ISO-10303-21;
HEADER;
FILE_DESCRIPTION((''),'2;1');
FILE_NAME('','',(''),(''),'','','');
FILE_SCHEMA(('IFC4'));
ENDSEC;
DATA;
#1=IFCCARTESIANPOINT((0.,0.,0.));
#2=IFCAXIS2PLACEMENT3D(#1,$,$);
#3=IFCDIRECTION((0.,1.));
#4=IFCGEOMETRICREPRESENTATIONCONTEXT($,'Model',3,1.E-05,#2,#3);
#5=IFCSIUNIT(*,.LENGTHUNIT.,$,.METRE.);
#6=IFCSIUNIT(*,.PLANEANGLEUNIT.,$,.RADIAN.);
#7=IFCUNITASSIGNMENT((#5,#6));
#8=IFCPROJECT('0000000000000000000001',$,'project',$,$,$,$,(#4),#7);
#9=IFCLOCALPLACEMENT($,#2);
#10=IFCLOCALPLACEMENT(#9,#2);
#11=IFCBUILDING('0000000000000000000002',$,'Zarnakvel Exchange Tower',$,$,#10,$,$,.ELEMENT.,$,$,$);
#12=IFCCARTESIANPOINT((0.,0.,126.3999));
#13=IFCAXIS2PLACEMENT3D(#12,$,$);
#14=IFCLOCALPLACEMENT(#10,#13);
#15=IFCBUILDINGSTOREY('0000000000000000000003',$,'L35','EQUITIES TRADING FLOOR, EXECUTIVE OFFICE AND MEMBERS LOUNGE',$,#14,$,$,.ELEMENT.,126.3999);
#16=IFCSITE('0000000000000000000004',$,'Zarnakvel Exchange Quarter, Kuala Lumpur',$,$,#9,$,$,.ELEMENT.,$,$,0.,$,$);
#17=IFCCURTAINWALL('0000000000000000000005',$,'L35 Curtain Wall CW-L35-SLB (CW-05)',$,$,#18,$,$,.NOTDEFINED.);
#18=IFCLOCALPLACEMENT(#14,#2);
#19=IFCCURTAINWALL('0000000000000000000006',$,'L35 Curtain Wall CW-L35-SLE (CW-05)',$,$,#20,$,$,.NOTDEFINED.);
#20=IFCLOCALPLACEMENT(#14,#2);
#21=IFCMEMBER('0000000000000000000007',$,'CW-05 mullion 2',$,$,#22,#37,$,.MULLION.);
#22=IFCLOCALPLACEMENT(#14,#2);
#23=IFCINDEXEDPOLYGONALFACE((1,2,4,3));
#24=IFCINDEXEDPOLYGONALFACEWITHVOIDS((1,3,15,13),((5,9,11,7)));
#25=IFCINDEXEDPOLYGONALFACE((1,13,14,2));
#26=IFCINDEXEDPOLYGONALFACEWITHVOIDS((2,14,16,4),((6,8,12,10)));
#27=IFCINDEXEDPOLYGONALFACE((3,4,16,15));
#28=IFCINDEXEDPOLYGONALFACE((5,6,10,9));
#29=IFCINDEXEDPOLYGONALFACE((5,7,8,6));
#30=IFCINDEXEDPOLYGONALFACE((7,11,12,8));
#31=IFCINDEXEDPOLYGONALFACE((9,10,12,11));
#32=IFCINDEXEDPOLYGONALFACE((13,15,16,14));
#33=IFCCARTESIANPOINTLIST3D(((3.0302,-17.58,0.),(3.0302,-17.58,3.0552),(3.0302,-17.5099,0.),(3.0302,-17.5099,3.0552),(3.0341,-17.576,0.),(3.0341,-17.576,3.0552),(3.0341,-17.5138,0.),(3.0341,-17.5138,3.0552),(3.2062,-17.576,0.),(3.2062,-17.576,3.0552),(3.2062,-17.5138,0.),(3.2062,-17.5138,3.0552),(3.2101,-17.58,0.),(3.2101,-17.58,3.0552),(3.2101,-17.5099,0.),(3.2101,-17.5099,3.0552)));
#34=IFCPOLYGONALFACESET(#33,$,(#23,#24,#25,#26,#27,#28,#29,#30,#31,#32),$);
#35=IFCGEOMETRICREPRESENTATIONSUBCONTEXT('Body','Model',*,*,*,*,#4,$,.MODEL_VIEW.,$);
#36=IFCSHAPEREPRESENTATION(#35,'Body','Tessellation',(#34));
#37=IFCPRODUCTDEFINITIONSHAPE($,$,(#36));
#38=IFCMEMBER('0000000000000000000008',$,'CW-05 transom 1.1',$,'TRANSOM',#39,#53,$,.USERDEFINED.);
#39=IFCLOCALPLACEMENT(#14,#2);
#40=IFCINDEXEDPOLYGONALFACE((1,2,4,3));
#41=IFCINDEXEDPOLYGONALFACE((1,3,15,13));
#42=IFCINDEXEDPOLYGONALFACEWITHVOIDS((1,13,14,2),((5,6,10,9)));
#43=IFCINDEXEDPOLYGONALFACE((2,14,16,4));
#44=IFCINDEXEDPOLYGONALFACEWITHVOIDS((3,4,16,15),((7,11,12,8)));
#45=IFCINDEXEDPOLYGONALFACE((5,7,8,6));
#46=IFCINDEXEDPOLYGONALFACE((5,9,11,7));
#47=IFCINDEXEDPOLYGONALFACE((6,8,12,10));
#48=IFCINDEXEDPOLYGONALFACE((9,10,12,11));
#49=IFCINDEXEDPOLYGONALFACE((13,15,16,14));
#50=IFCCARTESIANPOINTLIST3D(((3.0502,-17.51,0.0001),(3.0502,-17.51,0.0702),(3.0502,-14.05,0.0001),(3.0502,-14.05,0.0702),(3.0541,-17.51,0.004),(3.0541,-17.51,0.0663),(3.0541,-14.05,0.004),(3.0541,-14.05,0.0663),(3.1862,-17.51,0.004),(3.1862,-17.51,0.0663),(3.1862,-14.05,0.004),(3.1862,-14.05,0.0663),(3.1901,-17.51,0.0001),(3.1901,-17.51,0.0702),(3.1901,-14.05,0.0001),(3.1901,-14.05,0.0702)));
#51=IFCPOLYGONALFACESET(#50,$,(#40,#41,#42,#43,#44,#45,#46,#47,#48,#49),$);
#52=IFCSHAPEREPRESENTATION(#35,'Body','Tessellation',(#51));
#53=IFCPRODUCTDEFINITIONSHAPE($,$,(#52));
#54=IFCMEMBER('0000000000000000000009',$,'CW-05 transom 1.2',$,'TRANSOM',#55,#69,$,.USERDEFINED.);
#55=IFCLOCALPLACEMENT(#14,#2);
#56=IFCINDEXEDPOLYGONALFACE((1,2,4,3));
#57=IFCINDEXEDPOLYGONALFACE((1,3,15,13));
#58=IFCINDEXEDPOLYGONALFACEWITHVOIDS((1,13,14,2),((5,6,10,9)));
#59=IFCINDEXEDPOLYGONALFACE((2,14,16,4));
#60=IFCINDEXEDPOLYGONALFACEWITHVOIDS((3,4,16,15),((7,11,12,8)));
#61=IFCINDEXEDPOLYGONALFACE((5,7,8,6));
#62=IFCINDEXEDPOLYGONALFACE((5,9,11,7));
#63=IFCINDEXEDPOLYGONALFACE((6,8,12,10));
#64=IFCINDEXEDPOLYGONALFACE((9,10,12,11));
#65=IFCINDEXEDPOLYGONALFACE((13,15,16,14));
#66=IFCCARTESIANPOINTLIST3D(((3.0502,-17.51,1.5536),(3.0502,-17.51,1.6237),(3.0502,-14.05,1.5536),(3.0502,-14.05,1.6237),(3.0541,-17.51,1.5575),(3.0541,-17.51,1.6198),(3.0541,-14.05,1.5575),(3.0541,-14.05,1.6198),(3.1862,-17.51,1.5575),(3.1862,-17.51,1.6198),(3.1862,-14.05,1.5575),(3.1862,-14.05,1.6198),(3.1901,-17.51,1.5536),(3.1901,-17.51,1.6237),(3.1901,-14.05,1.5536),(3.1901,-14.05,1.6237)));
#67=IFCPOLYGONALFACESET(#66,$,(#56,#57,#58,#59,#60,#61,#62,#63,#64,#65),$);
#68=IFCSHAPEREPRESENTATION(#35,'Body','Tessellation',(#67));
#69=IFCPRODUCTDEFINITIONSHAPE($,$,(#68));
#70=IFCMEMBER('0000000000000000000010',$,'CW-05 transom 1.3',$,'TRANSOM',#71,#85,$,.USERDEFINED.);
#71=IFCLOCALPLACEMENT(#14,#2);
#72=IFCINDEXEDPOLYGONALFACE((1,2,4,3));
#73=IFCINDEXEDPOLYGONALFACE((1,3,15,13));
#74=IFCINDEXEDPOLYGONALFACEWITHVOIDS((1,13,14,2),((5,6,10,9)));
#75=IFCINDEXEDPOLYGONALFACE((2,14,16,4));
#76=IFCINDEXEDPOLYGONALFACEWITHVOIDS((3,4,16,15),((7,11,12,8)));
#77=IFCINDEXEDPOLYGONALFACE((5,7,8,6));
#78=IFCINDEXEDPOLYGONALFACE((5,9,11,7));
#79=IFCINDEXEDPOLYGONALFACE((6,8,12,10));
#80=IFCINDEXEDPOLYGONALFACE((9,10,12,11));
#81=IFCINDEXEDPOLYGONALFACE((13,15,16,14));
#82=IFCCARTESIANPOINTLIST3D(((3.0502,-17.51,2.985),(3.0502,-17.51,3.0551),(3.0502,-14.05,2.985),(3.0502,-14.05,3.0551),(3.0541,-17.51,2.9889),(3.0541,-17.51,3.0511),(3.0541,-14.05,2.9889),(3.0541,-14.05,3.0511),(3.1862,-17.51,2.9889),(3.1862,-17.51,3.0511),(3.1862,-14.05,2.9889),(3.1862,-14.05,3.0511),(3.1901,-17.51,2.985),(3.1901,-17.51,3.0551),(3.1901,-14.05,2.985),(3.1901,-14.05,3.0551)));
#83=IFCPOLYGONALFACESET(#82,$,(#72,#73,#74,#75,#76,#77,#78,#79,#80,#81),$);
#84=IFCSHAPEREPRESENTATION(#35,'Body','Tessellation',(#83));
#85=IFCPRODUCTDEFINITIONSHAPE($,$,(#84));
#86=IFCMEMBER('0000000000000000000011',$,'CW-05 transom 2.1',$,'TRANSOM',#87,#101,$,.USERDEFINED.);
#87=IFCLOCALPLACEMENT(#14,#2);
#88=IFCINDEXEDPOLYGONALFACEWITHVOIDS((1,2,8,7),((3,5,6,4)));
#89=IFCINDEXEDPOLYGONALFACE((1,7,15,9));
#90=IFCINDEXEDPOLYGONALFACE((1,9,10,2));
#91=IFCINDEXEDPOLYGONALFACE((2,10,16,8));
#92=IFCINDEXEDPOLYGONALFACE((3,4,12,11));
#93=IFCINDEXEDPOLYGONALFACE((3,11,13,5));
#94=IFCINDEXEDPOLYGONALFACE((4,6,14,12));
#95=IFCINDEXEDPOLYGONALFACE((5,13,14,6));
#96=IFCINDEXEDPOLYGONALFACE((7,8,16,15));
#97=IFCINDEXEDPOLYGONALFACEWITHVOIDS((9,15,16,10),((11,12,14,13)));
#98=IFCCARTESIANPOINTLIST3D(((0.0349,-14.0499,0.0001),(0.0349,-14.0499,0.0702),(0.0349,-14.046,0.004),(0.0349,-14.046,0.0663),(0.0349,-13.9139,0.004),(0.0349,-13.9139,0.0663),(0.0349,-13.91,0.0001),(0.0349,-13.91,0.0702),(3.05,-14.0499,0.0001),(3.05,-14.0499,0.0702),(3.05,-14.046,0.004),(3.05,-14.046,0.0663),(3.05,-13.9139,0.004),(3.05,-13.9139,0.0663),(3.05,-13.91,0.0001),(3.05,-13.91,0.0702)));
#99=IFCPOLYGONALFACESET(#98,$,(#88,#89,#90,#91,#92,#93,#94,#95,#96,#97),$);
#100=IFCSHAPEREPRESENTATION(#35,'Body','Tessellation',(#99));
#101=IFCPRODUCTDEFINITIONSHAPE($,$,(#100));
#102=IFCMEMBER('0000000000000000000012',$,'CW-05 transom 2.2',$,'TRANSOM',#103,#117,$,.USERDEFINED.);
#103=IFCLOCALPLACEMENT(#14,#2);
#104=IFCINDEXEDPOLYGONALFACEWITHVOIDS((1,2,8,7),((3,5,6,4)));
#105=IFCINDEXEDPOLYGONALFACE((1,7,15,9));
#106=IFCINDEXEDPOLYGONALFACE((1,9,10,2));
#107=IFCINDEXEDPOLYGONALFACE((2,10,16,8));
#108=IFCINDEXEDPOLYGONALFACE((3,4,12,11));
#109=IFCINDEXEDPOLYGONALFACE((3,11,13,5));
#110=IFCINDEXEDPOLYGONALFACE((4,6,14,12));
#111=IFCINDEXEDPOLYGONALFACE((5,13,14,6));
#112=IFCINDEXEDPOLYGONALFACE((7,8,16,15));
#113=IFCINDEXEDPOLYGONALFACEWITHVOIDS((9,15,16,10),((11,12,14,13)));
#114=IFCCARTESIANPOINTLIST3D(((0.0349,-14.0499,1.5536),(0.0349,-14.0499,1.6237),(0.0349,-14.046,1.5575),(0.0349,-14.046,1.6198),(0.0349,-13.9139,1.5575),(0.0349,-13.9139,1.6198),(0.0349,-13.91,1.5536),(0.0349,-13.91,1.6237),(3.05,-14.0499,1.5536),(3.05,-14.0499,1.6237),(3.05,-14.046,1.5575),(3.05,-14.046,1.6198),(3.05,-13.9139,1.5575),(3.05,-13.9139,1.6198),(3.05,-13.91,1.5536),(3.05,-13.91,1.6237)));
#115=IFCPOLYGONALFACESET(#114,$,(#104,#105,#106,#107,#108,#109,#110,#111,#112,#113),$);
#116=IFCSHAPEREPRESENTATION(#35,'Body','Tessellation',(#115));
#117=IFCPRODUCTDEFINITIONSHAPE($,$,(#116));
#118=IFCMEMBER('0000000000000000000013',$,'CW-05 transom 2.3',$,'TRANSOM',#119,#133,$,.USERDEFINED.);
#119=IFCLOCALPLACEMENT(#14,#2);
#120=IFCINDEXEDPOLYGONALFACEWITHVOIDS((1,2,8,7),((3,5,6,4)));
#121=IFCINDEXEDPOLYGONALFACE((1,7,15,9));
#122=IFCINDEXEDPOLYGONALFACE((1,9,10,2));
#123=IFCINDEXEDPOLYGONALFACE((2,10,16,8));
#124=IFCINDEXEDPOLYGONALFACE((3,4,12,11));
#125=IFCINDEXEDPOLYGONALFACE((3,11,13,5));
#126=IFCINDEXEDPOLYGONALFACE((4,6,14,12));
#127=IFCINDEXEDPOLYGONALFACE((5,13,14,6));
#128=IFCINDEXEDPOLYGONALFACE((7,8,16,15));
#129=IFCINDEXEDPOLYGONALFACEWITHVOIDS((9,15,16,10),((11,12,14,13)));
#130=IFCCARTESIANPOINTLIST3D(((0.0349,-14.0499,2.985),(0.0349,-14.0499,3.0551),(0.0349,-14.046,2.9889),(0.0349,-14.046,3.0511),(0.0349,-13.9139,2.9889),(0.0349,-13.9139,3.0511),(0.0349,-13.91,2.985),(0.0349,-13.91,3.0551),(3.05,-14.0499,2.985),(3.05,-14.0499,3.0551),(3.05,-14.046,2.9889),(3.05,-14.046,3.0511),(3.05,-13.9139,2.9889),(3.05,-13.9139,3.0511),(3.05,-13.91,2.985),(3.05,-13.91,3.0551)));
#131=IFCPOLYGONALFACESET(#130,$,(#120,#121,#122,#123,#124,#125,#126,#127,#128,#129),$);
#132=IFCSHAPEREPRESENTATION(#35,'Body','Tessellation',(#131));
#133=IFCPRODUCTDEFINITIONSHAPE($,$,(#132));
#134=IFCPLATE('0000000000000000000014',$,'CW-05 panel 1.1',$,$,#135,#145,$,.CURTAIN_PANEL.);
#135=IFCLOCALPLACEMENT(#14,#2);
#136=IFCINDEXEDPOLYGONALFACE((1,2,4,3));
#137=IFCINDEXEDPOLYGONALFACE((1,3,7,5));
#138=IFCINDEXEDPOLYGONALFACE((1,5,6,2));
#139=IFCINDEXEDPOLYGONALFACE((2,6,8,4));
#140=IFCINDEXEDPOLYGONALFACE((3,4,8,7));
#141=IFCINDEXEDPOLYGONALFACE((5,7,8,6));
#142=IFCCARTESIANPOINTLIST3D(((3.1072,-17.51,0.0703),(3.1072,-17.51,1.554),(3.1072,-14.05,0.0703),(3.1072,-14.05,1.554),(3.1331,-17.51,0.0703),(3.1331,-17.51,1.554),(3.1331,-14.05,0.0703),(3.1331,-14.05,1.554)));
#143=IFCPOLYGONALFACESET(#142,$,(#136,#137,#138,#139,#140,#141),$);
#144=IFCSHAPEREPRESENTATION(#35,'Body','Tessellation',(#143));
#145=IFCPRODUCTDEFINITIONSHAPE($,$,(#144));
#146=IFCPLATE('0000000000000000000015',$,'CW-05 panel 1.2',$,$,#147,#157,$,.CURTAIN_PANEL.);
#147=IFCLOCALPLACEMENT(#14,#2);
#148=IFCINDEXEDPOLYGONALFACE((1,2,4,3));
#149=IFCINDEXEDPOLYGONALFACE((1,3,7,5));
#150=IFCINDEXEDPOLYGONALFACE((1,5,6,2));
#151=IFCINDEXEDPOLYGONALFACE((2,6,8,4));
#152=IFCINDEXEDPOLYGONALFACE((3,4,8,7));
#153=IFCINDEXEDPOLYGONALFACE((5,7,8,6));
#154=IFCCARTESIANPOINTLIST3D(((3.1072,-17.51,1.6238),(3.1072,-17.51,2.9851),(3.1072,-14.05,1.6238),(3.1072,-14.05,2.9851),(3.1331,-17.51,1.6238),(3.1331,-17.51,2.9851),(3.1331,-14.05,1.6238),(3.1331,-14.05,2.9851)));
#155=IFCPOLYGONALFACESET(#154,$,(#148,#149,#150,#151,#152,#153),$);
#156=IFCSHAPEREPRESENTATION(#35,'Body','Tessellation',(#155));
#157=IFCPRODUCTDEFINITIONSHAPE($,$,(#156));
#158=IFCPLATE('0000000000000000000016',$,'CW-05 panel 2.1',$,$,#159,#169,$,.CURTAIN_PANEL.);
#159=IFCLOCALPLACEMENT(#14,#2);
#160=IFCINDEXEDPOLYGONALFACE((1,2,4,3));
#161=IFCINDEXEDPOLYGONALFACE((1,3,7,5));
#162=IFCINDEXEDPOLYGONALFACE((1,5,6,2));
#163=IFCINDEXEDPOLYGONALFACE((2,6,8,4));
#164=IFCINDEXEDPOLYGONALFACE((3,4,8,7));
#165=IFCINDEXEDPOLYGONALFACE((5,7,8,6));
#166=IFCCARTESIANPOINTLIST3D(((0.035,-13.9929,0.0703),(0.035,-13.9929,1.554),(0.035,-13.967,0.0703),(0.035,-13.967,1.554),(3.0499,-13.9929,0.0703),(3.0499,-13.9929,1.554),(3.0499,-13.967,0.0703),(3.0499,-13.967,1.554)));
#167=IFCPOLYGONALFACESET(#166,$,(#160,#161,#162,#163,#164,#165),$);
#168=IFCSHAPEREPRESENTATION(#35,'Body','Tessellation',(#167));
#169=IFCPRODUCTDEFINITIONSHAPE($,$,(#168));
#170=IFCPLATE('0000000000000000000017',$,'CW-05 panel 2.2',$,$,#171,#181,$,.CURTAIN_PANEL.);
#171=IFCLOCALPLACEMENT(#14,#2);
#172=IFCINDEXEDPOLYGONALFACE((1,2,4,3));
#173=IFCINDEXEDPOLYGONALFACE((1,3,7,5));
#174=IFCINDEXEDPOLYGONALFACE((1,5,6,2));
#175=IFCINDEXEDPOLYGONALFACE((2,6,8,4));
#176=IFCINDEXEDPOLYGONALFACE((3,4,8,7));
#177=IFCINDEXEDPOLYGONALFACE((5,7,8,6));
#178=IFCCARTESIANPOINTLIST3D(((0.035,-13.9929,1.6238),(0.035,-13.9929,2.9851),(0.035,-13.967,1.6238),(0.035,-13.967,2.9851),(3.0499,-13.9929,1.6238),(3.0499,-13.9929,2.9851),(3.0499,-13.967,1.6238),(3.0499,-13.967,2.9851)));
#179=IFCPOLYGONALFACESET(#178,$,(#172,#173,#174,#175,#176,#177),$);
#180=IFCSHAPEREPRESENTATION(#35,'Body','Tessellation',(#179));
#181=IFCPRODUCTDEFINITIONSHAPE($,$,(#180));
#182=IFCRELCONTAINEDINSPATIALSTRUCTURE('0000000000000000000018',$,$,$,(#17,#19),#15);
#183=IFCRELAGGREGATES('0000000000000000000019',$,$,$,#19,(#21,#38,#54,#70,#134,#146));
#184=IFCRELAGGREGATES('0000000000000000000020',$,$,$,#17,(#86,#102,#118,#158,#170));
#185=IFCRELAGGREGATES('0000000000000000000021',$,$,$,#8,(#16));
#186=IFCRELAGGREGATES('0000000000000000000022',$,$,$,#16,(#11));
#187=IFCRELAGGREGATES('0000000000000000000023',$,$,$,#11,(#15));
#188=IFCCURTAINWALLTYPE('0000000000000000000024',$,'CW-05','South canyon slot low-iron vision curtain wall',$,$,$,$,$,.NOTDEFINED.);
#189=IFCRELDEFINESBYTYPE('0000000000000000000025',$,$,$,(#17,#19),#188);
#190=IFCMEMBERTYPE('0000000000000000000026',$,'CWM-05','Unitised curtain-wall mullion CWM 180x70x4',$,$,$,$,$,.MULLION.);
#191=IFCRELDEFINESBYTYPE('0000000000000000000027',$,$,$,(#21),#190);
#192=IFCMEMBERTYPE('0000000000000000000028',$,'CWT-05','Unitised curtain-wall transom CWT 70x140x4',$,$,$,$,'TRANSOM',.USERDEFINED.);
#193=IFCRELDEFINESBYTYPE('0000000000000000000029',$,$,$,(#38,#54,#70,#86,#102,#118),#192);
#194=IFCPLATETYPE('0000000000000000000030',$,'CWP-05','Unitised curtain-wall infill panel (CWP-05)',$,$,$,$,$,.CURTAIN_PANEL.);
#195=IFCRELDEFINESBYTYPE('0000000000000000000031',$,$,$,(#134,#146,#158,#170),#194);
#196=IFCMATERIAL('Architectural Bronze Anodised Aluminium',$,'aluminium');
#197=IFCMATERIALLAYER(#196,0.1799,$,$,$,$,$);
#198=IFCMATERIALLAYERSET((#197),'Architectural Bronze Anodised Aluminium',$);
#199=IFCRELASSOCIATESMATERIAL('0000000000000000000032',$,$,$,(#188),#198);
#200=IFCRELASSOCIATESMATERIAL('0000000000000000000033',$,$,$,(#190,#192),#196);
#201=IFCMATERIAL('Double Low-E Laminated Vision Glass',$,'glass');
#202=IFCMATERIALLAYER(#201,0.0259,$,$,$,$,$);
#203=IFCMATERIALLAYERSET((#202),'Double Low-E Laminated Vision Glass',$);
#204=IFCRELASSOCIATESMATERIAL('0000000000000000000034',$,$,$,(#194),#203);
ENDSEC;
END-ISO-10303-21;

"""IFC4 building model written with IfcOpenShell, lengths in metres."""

from ifc_helpers import new_model, si_unit, direction, frame, origin, origin_2d, place, context, subcontext, project, spatial, rectangle, hollow_rectangle, extrude, source, transform, mapped, material, layer, layer_set, material_profile, profile_set, type_object, element, aggregate, save


model = new_model("IFC4")

# Units and contexts
model_context = context("Model", 3, precision=1e-05, world=origin(), true_north=direction((0.0, 1.0)))
body_context = subcontext(model_context, "Body", "Model", "MODEL_VIEW")
ifc_project = project(units=[si_unit("LENGTHUNIT", "METRE"), si_unit("PLANEANGLEUNIT", "RADIAN")], contexts=[model_context])

# Site, building, storey
site_placement = place(None, origin())
site = spatial("IfcSite", under=ifc_project, at=site_placement, Name="Zarnakvel Exchange Quarter, Kuala Lumpur", CompositionType="ELEMENT", RefElevation=0.0)
building_placement = place(site_placement, origin())
building = spatial("IfcBuilding", under=site, at=building_placement, Name="Zarnakvel Exchange Tower", CompositionType="ELEMENT")
storey_placement = place(building_placement, frame((0.0, 0.0, 126.3999)))
storey = spatial("IfcBuildingStorey", under=building, at=storey_placement, Name="L35", Description="EQUITIES TRADING FLOOR, EXECUTIVE OFFICE AND MEMBERS LOUNGE", CompositionType="ELEMENT", Elevation=126.3999)

# Curtain wall
ifc_material_1 = material(Name="Architectural Bronze Anodised Aluminium", Category="aluminium")
ifc_layer_1 = layer(ifc_material_1, 0.1799)
ifc_layer_set_1 = layer_set([ifc_layer_1], Name="Architectural Bronze Anodised Aluminium")
curtain_wall_type = type_object("IfcCurtainWallType", Name="CW-05", Description="South canyon slot low-iron vision curtain wall", PredefinedType="NOTDEFINED", material=ifc_layer_set_1)
curtain_wall_1_placement = place(storey_placement, origin())
curtain_wall_1 = element("IfcCurtainWall", 1, at=curtain_wall_1_placement, inside=storey, type_object=curtain_wall_type, Name="L35 Curtain Wall CW-L35-SLB (CW-05)", PredefinedType="NOTDEFINED")
ifc_material_profile_1 = material_profile(ifc_material_1, hollow_rectangle(XDim=0.1799, YDim=0.0701, WallThickness=0.0039, at=origin_2d()))
ifc_profile_set_1 = profile_set([ifc_material_profile_1], Name="Architectural Bronze Anodised Aluminium")
member_type_1 = type_object("IfcMemberType", Name="CWM-05", Description="Unitised curtain-wall mullion CWM 180x70x4", PredefinedType="MULLION", material=ifc_profile_set_1)
shared_shape_1 = source(origin(), body_context, "Body", "SweptSolid", [
    extrude(hollow_rectangle(XDim=0.1799, YDim=0.0701, WallThickness=0.0039, at=origin_2d()), origin(), (0.0, 0.0, 1.0), 3.0552),
])

# Curtain wall, members
curtain_wall_2_placement = place(storey_placement, origin())
curtain_wall_2 = element("IfcCurtainWall", 2, at=curtain_wall_2_placement, inside=storey, type_object=curtain_wall_type, Name="L35 Curtain Wall CW-L35-SLE (CW-05)", PredefinedType="NOTDEFINED")
member_1_placement = place(storey_placement, frame((3.1201, -17.5449, 0.0), z_axis=(0.0, 0.0, 1.0), x_axis=(1.0, 0.0, 0.0)))
member_1 = element("IfcMember", 3, at=member_1_placement, type_object=member_type_1, Name="CW-05 mullion 2", PredefinedType="MULLION", context=body_context, shape_type="MappedRepresentation", body=[
    mapped(shared_shape_1, transform((0.0, 0.0, 0.0), x_axis=(1.0, 0.0, 0.0), y_axis=(0.0, 1.0, 0.0), z_axis=(0.0, 0.0, 1.0), scale=1.0)),
])
ifc_material_profile_2 = material_profile(ifc_material_1, hollow_rectangle(XDim=0.1399, YDim=0.0701, WallThickness=0.0039, at=origin_2d()))
ifc_profile_set_2 = profile_set([ifc_material_profile_2], Name="Architectural Bronze Anodised Aluminium")
member_type_2 = type_object("IfcMemberType", Name="CWT-05", Description="Unitised curtain-wall transom CWT 70x140x4", ElementType="TRANSOM", PredefinedType="USERDEFINED", material=ifc_profile_set_2)
shared_shape_2 = source(origin(), body_context, "Body", "SweptSolid", [
    extrude(hollow_rectangle(XDim=0.1399, YDim=0.0701, WallThickness=0.0039, at=origin_2d()), origin(), (0.0, 0.0, 1.0), 3.46),
])
member_2_placement = place(storey_placement, frame((3.1201, -14.05, 0.0352), z_axis=(0.0, -1.0, 0.0), x_axis=(1.0, 0.0, 0.0)))
member_2 = element("IfcMember", 4, at=member_2_placement, type_object=member_type_2, Name="CW-05 transom 1.1", ObjectType="TRANSOM", PredefinedType="USERDEFINED", context=body_context, shape_type="MappedRepresentation", body=[
    mapped(shared_shape_2, transform((0.0, 0.0, 0.0), x_axis=(1.0, 0.0, 0.0), y_axis=(0.0, 1.0, 0.0), z_axis=(0.0, 0.0, 1.0), scale=1.0)),
])
member_3_placement = place(storey_placement, frame((3.1201, -14.05, 1.5886), z_axis=(0.0, -1.0, 0.0), x_axis=(1.0, 0.0, 0.0)))
member_3 = element("IfcMember", 5, at=member_3_placement, type_object=member_type_2, Name="CW-05 transom 1.2", ObjectType="TRANSOM", PredefinedType="USERDEFINED", context=body_context, shape_type="MappedRepresentation", body=[
    mapped(shared_shape_2, transform((0.0, 0.0, 0.0), x_axis=(1.0, 0.0, 0.0), y_axis=(0.0, 1.0, 0.0), z_axis=(0.0, 0.0, 1.0), scale=1.0)),
])
member_4_placement = place(storey_placement, frame((3.1201, -14.05, 3.02), z_axis=(0.0, -1.0, 0.0), x_axis=(1.0, 0.0, 0.0)))
member_4 = element("IfcMember", 6, at=member_4_placement, type_object=member_type_2, Name="CW-05 transom 1.3", ObjectType="TRANSOM", PredefinedType="USERDEFINED", context=body_context, shape_type="MappedRepresentation", body=[
    mapped(shared_shape_2, transform((0.0, 0.0, 0.0), x_axis=(1.0, 0.0, 0.0), y_axis=(0.0, 1.0, 0.0), z_axis=(0.0, 0.0, 1.0), scale=1.0)),
])

# Members
shared_shape_3 = source(origin(), body_context, "Body", "SweptSolid", [
    extrude(hollow_rectangle(XDim=0.1399, YDim=0.0701, WallThickness=0.0039, at=origin_2d()), origin(), (0.0, 0.0, 1.0), 3.0151),
])
member_5_placement = place(storey_placement, frame((0.0349, -13.98, 0.0352), z_axis=(1.0, 0.0, 0.0), x_axis=(0.0, 1.0, 0.0)))
member_5 = element("IfcMember", 7, at=member_5_placement, type_object=member_type_2, Name="CW-05 transom 2.1", ObjectType="TRANSOM", PredefinedType="USERDEFINED", context=body_context, shape_type="MappedRepresentation", body=[
    mapped(shared_shape_3, transform((0.0, 0.0, 0.0), x_axis=(1.0, 0.0, 0.0), y_axis=(0.0, 1.0, 0.0), z_axis=(0.0, 0.0, 1.0), scale=1.0)),
])
member_6_placement = place(storey_placement, frame((0.0349, -13.98, 1.5886), z_axis=(1.0, 0.0, 0.0), x_axis=(0.0, 1.0, 0.0)))
member_6 = element("IfcMember", 8, at=member_6_placement, type_object=member_type_2, Name="CW-05 transom 2.2", ObjectType="TRANSOM", PredefinedType="USERDEFINED", context=body_context, shape_type="MappedRepresentation", body=[
    mapped(shared_shape_3, transform((0.0, 0.0, 0.0), x_axis=(1.0, 0.0, 0.0), y_axis=(0.0, 1.0, 0.0), z_axis=(0.0, 0.0, 1.0), scale=1.0)),
])
member_7_placement = place(storey_placement, frame((0.0349, -13.98, 3.02), z_axis=(1.0, 0.0, 0.0), x_axis=(0.0, 1.0, 0.0)))
member_7 = element("IfcMember", 9, at=member_7_placement, type_object=member_type_2, Name="CW-05 transom 2.3", ObjectType="TRANSOM", PredefinedType="USERDEFINED", context=body_context, shape_type="MappedRepresentation", body=[
    mapped(shared_shape_3, transform((0.0, 0.0, 0.0), x_axis=(1.0, 0.0, 0.0), y_axis=(0.0, 1.0, 0.0), z_axis=(0.0, 0.0, 1.0), scale=1.0)),
])

# Plates
ifc_material_2 = material(Name="Double Low-E Laminated Vision Glass", Category="glass")
ifc_layer_2 = layer(ifc_material_2, 0.0259)
ifc_layer_set_2 = layer_set([ifc_layer_2], Name="Double Low-E Laminated Vision Glass")
plate_type = type_object("IfcPlateType", Name="CWP-05", Description="Unitised curtain-wall infill panel (CWP-05)", PredefinedType="CURTAIN_PANEL", material=ifc_layer_set_2)
shared_shape_4 = source(origin(), body_context, "Body", "SweptSolid", [
    extrude(rectangle(XDim=3.46, YDim=0.0259, at=origin_2d()), origin(), (0.0, 0.0, 1.0), 1.4836),
])
plate_1_placement = place(storey_placement, frame((3.1201, -15.78, 0.0703), z_axis=(0.0, 0.0, 1.0), x_axis=(0.0, -1.0, 0.0)))
plate_1 = element("IfcPlate", 10, at=plate_1_placement, type_object=plate_type, Name="CW-05 panel 1.1", PredefinedType="CURTAIN_PANEL", context=body_context, shape_type="MappedRepresentation", body=[
    mapped(shared_shape_4, transform((0.0, 0.0, 0.0), x_axis=(1.0, 0.0, 0.0), y_axis=(0.0, 1.0, 0.0), z_axis=(0.0, 0.0, 1.0), scale=1.0)),
])
shared_shape_5 = source(origin(), body_context, "Body", "SweptSolid", [
    extrude(rectangle(XDim=3.46, YDim=0.0259, at=origin_2d()), origin(), (0.0, 0.0, 1.0), 1.3613),
])
plate_2_placement = place(storey_placement, frame((3.1201, -15.78, 1.6238), z_axis=(0.0, 0.0, 1.0), x_axis=(0.0, -1.0, 0.0)))
plate_2 = element("IfcPlate", 11, at=plate_2_placement, type_object=plate_type, Name="CW-05 panel 1.2", PredefinedType="CURTAIN_PANEL", context=body_context, shape_type="MappedRepresentation", body=[
    mapped(shared_shape_5, transform((0.0, 0.0, 0.0), x_axis=(1.0, 0.0, 0.0), y_axis=(0.0, 1.0, 0.0), z_axis=(0.0, 0.0, 1.0), scale=1.0)),
])
aggregate(curtain_wall_2, [member_1, member_2, member_3, member_4, plate_1, plate_2])
shared_shape_6 = source(origin(), body_context, "Body", "SweptSolid", [
    extrude(rectangle(XDim=3.0149, YDim=0.0259, at=origin_2d()), origin(), (0.0, 0.0, 1.0), 1.4836),
])
plate_3_placement = place(storey_placement, frame((1.5425, -13.98, 0.0703), z_axis=(0.0, 0.0, 1.0), x_axis=(1.0, 0.0, 0.0)))
plate_3 = element("IfcPlate", 12, at=plate_3_placement, type_object=plate_type, Name="CW-05 panel 2.1", PredefinedType="CURTAIN_PANEL", context=body_context, shape_type="MappedRepresentation", body=[
    mapped(shared_shape_6, transform((0.0, 0.0, 0.0), x_axis=(1.0, 0.0, 0.0), y_axis=(0.0, 1.0, 0.0), z_axis=(0.0, 0.0, 1.0), scale=1.0)),
])
shared_shape_7 = source(origin(), body_context, "Body", "SweptSolid", [
    extrude(rectangle(XDim=3.0149, YDim=0.0259, at=origin_2d()), origin(), (0.0, 0.0, 1.0), 1.3613),
])
plate_4_placement = place(storey_placement, frame((1.5425, -13.98, 1.6238), z_axis=(0.0, 0.0, 1.0), x_axis=(1.0, 0.0, 0.0)))
plate_4 = element("IfcPlate", 13, at=plate_4_placement, type_object=plate_type, Name="CW-05 panel 2.2", PredefinedType="CURTAIN_PANEL", context=body_context, shape_type="MappedRepresentation", body=[
    mapped(shared_shape_7, transform((0.0, 0.0, 0.0), x_axis=(1.0, 0.0, 0.0), y_axis=(0.0, 1.0, 0.0), z_axis=(0.0, 0.0, 1.0), scale=1.0)),
])
aggregate(curtain_wall_1, [member_5, member_6, member_7, plate_3, plate_4])

save(model, "model.ifc")
